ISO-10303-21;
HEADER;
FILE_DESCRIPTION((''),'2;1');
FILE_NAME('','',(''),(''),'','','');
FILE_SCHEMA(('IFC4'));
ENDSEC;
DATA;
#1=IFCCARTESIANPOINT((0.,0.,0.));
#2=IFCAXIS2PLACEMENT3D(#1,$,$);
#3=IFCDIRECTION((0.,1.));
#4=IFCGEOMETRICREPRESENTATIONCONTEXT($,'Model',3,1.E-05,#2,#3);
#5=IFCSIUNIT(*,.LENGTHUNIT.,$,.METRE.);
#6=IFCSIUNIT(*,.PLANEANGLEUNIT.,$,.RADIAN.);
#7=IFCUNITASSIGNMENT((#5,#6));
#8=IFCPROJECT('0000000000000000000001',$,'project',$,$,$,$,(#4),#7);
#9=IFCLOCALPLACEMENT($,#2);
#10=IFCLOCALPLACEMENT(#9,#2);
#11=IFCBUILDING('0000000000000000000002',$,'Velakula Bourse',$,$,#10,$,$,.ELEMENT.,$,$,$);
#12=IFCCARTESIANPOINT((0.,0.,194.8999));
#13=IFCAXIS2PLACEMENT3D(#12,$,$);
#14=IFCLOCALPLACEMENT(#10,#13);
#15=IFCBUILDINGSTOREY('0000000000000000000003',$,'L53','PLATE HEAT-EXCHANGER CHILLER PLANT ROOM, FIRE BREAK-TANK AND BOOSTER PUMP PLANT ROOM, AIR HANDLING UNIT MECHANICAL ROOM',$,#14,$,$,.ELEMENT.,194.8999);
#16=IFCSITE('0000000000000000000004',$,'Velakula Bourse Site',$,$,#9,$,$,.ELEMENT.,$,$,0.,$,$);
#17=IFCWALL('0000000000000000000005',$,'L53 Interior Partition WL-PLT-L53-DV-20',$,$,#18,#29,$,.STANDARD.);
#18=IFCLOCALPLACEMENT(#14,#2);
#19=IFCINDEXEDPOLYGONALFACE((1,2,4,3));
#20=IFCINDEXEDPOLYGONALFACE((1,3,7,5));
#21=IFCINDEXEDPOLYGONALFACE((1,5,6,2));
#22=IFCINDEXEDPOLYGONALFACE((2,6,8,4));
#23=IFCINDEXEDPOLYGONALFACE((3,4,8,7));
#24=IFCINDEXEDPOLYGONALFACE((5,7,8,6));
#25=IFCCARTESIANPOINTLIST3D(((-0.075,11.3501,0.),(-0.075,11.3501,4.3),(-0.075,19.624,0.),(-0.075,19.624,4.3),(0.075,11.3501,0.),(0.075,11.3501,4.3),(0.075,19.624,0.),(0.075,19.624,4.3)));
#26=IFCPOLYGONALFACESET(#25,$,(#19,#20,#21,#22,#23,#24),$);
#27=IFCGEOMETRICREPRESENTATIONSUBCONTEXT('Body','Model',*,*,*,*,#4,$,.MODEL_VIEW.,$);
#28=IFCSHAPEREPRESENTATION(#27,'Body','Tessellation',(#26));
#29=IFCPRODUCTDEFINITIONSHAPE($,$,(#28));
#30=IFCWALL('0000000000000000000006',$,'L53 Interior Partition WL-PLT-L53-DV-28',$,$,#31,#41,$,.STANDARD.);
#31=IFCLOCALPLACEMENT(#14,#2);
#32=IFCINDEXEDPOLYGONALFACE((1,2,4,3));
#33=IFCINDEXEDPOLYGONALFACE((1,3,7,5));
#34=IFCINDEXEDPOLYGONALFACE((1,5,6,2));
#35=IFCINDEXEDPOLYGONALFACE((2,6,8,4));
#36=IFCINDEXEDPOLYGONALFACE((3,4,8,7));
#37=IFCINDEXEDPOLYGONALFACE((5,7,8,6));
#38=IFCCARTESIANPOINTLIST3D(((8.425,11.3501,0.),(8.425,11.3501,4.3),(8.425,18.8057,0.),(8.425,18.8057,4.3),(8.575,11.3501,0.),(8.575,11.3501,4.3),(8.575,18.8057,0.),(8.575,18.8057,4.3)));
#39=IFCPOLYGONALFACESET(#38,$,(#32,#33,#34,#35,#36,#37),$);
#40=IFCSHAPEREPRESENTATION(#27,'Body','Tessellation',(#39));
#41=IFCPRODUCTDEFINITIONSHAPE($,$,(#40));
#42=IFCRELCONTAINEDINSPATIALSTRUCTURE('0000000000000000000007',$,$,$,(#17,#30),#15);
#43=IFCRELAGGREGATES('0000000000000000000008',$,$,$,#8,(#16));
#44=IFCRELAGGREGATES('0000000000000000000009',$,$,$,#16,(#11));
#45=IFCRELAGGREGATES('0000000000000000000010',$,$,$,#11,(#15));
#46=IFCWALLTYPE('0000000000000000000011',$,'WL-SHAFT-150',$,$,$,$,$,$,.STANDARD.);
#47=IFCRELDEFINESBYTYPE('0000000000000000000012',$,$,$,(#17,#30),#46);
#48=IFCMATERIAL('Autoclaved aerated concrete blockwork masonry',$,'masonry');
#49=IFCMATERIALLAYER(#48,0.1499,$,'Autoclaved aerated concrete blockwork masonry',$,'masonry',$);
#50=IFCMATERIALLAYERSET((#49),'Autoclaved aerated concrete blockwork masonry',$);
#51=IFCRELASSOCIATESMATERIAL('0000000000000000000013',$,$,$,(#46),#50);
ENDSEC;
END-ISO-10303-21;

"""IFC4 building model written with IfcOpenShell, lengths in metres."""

from ifc_helpers import new_model, si_unit, direction, frame, frame_2d, origin, place, context, subcontext, project, spatial, rectangle, extrude, material, layer, layer_set, type_object, element, save


model = new_model("IFC4")

# Units and contexts
model_context = context("Model", 3, precision=1e-05, world=origin(), true_north=direction((0.0, 1.0)))
body_context = subcontext(model_context, "Body", "Model", "MODEL_VIEW")
ifc_project = project(units=[si_unit("LENGTHUNIT", "METRE"), si_unit("PLANEANGLEUNIT", "RADIAN")], contexts=[model_context])

# Site, building, storey
site_placement = place(None, origin())
site = spatial("IfcSite", under=ifc_project, at=site_placement, Name="Velakula Bourse Site", CompositionType="ELEMENT", RefElevation=0.0)
building_placement = place(site_placement, origin())
building = spatial("IfcBuilding", under=site, at=building_placement, Name="Velakula Bourse", CompositionType="ELEMENT")
storey_placement = place(building_placement, frame((0.0, 0.0, 194.8999)))
storey = spatial("IfcBuildingStorey", under=building, at=storey_placement, Name="L53", Description="PLATE HEAT-EXCHANGER CHILLER PLANT ROOM, FIRE BREAK-TANK AND BOOSTER PUMP PLANT ROOM, AIR HANDLING UNIT MECHANICAL ROOM", CompositionType="ELEMENT", Elevation=194.8999)

# Walls
ifc_material_1 = material(Name="Autoclaved aerated concrete blockwork masonry", Category="masonry")
ifc_layer_1 = layer(ifc_material_1, 0.1499, Name="Autoclaved aerated concrete blockwork masonry", Category="masonry")
ifc_layer_set_1 = layer_set([ifc_layer_1], Name="Autoclaved aerated concrete blockwork masonry")
wall_type_1 = type_object("IfcWallType", Name="WL-SHAFT-150", PredefinedType="STANDARD", material=ifc_layer_set_1)
wall_1_placement = place(storey_placement, frame((0.0, 11.3501, 0.0), z_axis=(0.0, 0.0, 1.0), x_axis=(0.0, 1.0, 0.0)))
element("IfcWall", 1, at=wall_1_placement, inside=storey, type_object=wall_type_1, Name="L53 Interior Partition WL-PLT-L53-DV-20", PredefinedType="STANDARD", context=body_context, shape_type="SweptSolid", body=[
    extrude(rectangle(XDim=8.2739, YDim=0.1499, at=frame_2d((4.137, 0.0))), origin(), (0.0, 0.0, 1.0), 4.3),
])
wall_2_placement = place(storey_placement, frame((8.5, 11.3501, 0.0), z_axis=(0.0, 0.0, 1.0), x_axis=(0.0, 1.0, 0.0)))
element("IfcWall", 2, at=wall_2_placement, inside=storey, type_object=wall_type_1, Name="L53 Interior Partition WL-PLT-L53-DV-28", PredefinedType="STANDARD", context=body_context, shape_type="SweptSolid", body=[
    extrude(rectangle(XDim=7.4556, YDim=0.1499, at=frame_2d((3.7278, 0.0))), origin(), (0.0, 0.0, 1.0), 4.3),
])

save(model, "model.ifc")
